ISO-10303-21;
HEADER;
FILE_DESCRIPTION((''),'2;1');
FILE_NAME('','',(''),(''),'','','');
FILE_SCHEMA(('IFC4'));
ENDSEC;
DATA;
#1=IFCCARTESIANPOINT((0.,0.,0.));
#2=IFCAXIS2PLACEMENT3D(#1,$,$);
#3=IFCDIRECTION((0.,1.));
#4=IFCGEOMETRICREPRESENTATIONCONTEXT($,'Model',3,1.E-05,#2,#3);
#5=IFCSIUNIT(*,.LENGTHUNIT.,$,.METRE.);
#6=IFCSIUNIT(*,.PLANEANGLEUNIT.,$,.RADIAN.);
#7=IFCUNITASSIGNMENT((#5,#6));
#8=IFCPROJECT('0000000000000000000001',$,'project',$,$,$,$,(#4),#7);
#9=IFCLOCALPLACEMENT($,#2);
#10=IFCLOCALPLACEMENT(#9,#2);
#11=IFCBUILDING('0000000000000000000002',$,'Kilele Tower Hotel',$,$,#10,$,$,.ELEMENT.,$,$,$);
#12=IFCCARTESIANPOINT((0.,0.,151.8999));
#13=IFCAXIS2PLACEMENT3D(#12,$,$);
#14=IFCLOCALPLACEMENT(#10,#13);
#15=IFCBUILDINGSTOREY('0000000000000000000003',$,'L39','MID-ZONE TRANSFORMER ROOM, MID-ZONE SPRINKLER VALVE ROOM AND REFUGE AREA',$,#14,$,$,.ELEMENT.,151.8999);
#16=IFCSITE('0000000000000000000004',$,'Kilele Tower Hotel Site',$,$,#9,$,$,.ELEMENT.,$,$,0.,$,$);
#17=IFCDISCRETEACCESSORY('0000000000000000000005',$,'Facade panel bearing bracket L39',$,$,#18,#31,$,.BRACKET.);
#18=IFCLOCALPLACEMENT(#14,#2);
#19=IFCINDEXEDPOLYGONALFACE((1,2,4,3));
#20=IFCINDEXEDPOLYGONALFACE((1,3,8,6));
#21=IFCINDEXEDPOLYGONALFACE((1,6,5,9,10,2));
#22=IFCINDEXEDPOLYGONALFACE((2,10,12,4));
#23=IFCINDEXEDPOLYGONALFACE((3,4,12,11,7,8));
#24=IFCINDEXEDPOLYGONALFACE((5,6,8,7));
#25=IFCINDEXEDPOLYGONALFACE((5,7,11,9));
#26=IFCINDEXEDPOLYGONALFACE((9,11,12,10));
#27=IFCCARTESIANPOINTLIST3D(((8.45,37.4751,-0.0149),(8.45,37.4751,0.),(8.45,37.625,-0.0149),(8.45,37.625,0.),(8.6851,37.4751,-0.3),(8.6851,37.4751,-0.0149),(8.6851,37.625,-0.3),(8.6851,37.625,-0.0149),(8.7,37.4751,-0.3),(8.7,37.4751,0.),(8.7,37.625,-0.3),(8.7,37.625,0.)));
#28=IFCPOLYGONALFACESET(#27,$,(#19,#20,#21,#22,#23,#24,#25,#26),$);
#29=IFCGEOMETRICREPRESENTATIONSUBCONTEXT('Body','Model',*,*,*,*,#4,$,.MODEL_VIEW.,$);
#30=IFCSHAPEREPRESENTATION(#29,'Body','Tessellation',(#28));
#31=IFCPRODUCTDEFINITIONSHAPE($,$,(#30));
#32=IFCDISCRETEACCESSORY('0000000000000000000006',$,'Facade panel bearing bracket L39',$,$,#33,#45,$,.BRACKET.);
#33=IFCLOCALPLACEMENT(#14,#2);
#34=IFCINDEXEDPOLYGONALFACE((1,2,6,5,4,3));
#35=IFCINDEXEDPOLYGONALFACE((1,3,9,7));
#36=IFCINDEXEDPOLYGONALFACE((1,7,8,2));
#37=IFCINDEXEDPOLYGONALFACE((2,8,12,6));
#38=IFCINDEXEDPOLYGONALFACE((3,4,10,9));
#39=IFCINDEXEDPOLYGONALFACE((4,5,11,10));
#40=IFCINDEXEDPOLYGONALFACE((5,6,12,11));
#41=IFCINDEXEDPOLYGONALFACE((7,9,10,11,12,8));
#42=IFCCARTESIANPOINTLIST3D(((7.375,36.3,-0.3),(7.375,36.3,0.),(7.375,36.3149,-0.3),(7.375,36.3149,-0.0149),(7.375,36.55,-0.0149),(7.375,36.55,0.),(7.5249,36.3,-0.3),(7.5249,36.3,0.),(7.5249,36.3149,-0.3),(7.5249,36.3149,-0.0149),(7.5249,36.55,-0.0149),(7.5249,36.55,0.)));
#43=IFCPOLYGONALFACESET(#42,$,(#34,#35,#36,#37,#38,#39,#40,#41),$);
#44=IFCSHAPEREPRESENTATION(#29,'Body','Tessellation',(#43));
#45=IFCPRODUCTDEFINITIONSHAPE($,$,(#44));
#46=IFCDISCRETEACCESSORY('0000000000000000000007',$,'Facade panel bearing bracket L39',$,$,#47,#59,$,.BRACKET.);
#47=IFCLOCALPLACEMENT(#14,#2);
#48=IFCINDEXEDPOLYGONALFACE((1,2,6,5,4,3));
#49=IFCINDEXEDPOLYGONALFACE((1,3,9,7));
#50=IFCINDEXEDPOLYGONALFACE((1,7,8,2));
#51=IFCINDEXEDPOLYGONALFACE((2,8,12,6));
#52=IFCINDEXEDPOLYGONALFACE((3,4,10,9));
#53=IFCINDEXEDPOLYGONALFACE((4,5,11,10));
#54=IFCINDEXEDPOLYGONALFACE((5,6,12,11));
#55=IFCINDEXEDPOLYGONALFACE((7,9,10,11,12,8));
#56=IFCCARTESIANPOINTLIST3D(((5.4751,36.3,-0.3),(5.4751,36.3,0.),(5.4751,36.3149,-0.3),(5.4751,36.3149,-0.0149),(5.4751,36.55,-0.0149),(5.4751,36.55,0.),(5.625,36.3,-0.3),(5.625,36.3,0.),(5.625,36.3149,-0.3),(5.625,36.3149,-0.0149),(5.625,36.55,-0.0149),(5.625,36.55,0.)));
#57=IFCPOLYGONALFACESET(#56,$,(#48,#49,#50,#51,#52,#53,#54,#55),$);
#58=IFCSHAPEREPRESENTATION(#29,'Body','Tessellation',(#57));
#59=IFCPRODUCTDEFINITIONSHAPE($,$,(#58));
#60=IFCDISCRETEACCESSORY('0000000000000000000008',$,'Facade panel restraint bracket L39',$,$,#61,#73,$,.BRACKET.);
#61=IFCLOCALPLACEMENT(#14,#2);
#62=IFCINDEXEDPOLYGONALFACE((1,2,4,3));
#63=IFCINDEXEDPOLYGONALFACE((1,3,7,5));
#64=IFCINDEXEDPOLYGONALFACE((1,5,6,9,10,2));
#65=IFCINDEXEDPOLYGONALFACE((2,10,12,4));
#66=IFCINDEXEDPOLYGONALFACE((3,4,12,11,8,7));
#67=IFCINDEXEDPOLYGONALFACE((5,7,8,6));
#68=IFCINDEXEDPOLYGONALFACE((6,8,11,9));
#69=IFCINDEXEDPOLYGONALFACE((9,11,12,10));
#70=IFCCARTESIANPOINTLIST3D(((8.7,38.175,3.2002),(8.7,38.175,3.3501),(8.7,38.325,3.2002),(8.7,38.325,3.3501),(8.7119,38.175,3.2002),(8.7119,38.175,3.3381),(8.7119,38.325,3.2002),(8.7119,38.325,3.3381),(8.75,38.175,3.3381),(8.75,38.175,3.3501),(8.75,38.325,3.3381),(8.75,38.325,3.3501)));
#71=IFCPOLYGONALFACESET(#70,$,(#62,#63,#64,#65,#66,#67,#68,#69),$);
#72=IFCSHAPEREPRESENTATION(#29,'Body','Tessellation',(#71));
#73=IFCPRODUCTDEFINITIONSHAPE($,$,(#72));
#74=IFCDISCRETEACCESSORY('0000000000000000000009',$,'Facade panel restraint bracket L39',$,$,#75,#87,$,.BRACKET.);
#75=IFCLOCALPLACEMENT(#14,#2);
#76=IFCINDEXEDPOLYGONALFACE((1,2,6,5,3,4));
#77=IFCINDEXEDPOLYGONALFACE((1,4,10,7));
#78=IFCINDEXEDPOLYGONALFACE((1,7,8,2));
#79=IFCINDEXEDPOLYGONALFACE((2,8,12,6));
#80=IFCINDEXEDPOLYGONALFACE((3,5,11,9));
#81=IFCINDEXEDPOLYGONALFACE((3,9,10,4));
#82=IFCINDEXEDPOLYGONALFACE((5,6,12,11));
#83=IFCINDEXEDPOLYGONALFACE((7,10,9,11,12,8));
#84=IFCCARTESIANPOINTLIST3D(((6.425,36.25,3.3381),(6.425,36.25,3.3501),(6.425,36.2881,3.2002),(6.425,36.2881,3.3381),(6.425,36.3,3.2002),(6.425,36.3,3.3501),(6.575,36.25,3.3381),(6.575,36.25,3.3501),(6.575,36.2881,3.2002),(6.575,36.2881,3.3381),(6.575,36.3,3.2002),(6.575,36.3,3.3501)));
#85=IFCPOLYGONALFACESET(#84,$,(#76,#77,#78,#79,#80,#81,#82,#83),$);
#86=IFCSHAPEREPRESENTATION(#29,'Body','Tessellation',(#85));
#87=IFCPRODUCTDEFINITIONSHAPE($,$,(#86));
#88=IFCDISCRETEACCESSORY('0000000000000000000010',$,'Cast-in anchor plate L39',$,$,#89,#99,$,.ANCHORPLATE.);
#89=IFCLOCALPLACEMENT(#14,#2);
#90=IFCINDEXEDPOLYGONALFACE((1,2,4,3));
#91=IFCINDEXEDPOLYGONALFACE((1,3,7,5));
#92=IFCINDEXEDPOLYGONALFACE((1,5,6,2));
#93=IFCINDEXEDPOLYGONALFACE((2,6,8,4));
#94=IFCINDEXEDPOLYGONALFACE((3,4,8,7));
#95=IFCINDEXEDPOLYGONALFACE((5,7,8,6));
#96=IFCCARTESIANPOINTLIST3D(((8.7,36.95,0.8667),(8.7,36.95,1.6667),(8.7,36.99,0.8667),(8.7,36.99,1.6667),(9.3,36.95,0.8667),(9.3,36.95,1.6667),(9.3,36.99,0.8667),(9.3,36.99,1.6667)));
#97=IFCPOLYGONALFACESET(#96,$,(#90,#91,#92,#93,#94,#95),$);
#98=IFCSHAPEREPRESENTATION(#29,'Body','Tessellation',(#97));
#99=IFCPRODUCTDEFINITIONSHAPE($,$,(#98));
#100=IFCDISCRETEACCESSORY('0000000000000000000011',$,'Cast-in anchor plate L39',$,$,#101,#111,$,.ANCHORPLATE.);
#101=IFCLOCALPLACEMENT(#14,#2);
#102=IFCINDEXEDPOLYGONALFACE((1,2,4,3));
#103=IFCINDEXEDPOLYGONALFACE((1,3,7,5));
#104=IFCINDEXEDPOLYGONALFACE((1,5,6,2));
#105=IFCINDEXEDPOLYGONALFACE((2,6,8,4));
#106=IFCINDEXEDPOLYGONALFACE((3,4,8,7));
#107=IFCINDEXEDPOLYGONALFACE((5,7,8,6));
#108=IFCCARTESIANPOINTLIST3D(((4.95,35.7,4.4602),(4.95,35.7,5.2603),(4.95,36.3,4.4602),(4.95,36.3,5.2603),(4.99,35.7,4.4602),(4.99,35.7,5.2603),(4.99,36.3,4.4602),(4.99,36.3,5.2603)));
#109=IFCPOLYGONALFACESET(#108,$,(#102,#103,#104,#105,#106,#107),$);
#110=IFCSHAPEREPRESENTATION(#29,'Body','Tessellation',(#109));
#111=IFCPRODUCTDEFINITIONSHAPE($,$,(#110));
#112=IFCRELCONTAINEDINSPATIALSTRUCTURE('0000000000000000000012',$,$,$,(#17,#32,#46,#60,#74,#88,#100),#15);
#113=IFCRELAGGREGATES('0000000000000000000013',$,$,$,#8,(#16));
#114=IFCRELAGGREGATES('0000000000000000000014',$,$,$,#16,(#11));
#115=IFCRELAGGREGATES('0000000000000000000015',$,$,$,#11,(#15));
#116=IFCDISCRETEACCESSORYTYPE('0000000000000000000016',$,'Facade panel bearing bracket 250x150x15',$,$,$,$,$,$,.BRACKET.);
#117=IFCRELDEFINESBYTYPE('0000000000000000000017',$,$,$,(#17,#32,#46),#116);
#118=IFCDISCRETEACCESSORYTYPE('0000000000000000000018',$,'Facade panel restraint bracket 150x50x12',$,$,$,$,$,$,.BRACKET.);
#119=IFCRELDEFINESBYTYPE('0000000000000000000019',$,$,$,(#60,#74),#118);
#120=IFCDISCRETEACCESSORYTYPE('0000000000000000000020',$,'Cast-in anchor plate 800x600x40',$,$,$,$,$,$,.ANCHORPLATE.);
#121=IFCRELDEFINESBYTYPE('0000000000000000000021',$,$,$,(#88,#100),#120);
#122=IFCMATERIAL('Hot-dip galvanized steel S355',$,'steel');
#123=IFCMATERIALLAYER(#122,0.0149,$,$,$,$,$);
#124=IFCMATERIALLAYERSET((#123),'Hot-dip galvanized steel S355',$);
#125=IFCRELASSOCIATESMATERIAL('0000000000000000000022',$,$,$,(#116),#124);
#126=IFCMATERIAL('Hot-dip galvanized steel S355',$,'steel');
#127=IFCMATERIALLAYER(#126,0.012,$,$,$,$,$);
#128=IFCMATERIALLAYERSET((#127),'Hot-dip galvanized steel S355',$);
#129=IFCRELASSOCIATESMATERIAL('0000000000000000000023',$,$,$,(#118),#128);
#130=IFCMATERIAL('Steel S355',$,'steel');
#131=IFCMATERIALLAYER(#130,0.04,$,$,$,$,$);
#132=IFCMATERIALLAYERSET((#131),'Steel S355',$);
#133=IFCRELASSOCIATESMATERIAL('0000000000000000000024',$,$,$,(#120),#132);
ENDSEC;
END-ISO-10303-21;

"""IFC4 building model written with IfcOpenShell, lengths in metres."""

from ifc_helpers import new_model, si_unit, direction, frame, origin, place, context, subcontext, project, spatial, polyline, outline, extrude, source, transform, mapped, material, layer, layer_set, type_object, element, save


model = new_model("IFC4")

# Units and contexts
model_context = context("Model", 3, precision=1e-05, world=origin(), true_north=direction((0.0, 1.0)))
body_context = subcontext(model_context, "Body", "Model", "MODEL_VIEW")
ifc_project = project(units=[si_unit("LENGTHUNIT", "METRE"), si_unit("PLANEANGLEUNIT", "RADIAN")], contexts=[model_context])

# Site, building, storey
site_placement = place(None, origin())
site = spatial("IfcSite", under=ifc_project, at=site_placement, Name="Kilele Tower Hotel Site", CompositionType="ELEMENT", RefElevation=0.0)
building_placement = place(site_placement, origin())
building = spatial("IfcBuilding", under=site, at=building_placement, Name="Kilele Tower Hotel", CompositionType="ELEMENT")
storey_placement = place(building_placement, frame((0.0, 0.0, 151.8999)))
storey = spatial("IfcBuildingStorey", under=building, at=storey_placement, Name="L39", Description="MID-ZONE TRANSFORMER ROOM, MID-ZONE SPRINKLER VALVE ROOM AND REFUGE AREA", CompositionType="ELEMENT", Elevation=151.8999)

# Discrete accessories
ifc_material_1 = material(Name="Hot-dip galvanized steel S355", Category="steel")
ifc_layer_1 = layer(ifc_material_1, 0.0149)
ifc_layer_set_1 = layer_set([ifc_layer_1], Name="Hot-dip galvanized steel S355")
discrete_accessory_type_1 = type_object("IfcDiscreteAccessoryType", Name="Facade panel bearing bracket 250x150x15", PredefinedType="BRACKET", material=ifc_layer_set_1)
shared_shape_1 = source(origin(), body_context, "Body", "SweptSolid", [
    extrude(outline(polyline([(0.0, 0.0), (0.25, 0.0), (0.25, -0.0149), (0.0149, -0.0149), (0.0149, -0.3), (0.0, -0.3), (0.0, 0.0)])), origin(), (0.0, 0.0, 1.0), 0.1499),
])
for number, where, z_axis, x_axis, name in (
    (1, (8.7, 37.4751, 0.0), (0.0, 1.0, 0.0), (-1.0, 0.0, 0.0), "Facade panel bearing bracket L39"),
    (2, (7.375, 36.3, 0.0), (1.0, 0.0, 0.0), (0.0, 1.0, 0.0), "Facade panel bearing bracket L39"),
    (3, (5.4751, 36.3, 0.0), (1.0, 0.0, 0.0), (0.0, 1.0, 0.0), "Facade panel bearing bracket L39"),
):
    element("IfcDiscreteAccessory", number, at=place(storey_placement, frame(where, z_axis=z_axis, x_axis=x_axis)), inside=storey, type_object=discrete_accessory_type_1, Name=name, PredefinedType="BRACKET", context=body_context, shape_type="MappedRepresentation", body=[
        mapped(shared_shape_1, transform((0.0, 0.0, 0.0))),
    ])
ifc_material_2 = material(Name="Hot-dip galvanized steel S355", Category="steel")
ifc_layer_2 = layer(ifc_material_2, 0.012)
ifc_layer_set_2 = layer_set([ifc_layer_2], Name="Hot-dip galvanized steel S355")
discrete_accessory_type_2 = type_object("IfcDiscreteAccessoryType", Name="Facade panel restraint bracket 150x50x12", PredefinedType="BRACKET", material=ifc_layer_set_2)
shared_shape_2 = source(origin(), body_context, "Body", "SweptSolid", [
    extrude(outline(polyline([(0.0, 0.0), (0.0, -0.1499), (-0.012, -0.1499), (-0.012, -0.012), (-0.05, -0.012), (-0.05, 0.0), (0.0, 0.0)])), origin(), (0.0, 0.0, 1.0), 0.1499),
])
for number, where, z_axis, x_axis, name in (
    (4, (8.7, 38.175, 3.3501), (0.0, 1.0, 0.0), (-1.0, 0.0, 0.0), "Facade panel restraint bracket L39"),
    (5, (6.425, 36.3, 3.3501), (1.0, 0.0, 0.0), (0.0, 1.0, 0.0), "Facade panel restraint bracket L39"),
):
    element("IfcDiscreteAccessory", number, at=place(storey_placement, frame(where, z_axis=z_axis, x_axis=x_axis)), inside=storey, type_object=discrete_accessory_type_2, Name=name, PredefinedType="BRACKET", context=body_context, shape_type="MappedRepresentation", body=[
        mapped(shared_shape_2, transform((0.0, 0.0, 0.0))),
    ])
ifc_material_3 = material(Name="Steel S355", Category="steel")
ifc_layer_3 = layer(ifc_material_3, 0.04)
ifc_layer_set_3 = layer_set([ifc_layer_3], Name="Steel S355")
discrete_accessory_type_3 = type_object("IfcDiscreteAccessoryType", Name="Cast-in anchor plate 800x600x40", PredefinedType="ANCHORPLATE", material=ifc_layer_set_3)
shared_shape_3 = source(origin(), body_context, "Body", "SweptSolid", [
    extrude(outline(polyline([(0.0, 0.0), (0.04, 0.0), (0.04, 0.8), (0.0, 0.8), (0.0, 0.0)])), origin(), (0.0, 0.0, 1.0), 0.6001),
])
for number, where, z_axis, x_axis, name in (
    (6, (8.7, 36.95, 0.8667), (1.0, 0.0, 0.0), (0.0, 1.0, 0.0), "Cast-in anchor plate L39"),
    (7, (4.95, 36.3, 4.4602), (0.0, -1.0, 0.0), (1.0, 0.0, 0.0), "Cast-in anchor plate L39"),
):
    element("IfcDiscreteAccessory", number, at=place(storey_placement, frame(where, z_axis=z_axis, x_axis=x_axis)), inside=storey, type_object=discrete_accessory_type_3, Name=name, PredefinedType="ANCHORPLATE", context=body_context, shape_type="MappedRepresentation", body=[
        mapped(shared_shape_3, transform((0.0, 0.0, 0.0))),
    ])

save(model, "model.ifc")
